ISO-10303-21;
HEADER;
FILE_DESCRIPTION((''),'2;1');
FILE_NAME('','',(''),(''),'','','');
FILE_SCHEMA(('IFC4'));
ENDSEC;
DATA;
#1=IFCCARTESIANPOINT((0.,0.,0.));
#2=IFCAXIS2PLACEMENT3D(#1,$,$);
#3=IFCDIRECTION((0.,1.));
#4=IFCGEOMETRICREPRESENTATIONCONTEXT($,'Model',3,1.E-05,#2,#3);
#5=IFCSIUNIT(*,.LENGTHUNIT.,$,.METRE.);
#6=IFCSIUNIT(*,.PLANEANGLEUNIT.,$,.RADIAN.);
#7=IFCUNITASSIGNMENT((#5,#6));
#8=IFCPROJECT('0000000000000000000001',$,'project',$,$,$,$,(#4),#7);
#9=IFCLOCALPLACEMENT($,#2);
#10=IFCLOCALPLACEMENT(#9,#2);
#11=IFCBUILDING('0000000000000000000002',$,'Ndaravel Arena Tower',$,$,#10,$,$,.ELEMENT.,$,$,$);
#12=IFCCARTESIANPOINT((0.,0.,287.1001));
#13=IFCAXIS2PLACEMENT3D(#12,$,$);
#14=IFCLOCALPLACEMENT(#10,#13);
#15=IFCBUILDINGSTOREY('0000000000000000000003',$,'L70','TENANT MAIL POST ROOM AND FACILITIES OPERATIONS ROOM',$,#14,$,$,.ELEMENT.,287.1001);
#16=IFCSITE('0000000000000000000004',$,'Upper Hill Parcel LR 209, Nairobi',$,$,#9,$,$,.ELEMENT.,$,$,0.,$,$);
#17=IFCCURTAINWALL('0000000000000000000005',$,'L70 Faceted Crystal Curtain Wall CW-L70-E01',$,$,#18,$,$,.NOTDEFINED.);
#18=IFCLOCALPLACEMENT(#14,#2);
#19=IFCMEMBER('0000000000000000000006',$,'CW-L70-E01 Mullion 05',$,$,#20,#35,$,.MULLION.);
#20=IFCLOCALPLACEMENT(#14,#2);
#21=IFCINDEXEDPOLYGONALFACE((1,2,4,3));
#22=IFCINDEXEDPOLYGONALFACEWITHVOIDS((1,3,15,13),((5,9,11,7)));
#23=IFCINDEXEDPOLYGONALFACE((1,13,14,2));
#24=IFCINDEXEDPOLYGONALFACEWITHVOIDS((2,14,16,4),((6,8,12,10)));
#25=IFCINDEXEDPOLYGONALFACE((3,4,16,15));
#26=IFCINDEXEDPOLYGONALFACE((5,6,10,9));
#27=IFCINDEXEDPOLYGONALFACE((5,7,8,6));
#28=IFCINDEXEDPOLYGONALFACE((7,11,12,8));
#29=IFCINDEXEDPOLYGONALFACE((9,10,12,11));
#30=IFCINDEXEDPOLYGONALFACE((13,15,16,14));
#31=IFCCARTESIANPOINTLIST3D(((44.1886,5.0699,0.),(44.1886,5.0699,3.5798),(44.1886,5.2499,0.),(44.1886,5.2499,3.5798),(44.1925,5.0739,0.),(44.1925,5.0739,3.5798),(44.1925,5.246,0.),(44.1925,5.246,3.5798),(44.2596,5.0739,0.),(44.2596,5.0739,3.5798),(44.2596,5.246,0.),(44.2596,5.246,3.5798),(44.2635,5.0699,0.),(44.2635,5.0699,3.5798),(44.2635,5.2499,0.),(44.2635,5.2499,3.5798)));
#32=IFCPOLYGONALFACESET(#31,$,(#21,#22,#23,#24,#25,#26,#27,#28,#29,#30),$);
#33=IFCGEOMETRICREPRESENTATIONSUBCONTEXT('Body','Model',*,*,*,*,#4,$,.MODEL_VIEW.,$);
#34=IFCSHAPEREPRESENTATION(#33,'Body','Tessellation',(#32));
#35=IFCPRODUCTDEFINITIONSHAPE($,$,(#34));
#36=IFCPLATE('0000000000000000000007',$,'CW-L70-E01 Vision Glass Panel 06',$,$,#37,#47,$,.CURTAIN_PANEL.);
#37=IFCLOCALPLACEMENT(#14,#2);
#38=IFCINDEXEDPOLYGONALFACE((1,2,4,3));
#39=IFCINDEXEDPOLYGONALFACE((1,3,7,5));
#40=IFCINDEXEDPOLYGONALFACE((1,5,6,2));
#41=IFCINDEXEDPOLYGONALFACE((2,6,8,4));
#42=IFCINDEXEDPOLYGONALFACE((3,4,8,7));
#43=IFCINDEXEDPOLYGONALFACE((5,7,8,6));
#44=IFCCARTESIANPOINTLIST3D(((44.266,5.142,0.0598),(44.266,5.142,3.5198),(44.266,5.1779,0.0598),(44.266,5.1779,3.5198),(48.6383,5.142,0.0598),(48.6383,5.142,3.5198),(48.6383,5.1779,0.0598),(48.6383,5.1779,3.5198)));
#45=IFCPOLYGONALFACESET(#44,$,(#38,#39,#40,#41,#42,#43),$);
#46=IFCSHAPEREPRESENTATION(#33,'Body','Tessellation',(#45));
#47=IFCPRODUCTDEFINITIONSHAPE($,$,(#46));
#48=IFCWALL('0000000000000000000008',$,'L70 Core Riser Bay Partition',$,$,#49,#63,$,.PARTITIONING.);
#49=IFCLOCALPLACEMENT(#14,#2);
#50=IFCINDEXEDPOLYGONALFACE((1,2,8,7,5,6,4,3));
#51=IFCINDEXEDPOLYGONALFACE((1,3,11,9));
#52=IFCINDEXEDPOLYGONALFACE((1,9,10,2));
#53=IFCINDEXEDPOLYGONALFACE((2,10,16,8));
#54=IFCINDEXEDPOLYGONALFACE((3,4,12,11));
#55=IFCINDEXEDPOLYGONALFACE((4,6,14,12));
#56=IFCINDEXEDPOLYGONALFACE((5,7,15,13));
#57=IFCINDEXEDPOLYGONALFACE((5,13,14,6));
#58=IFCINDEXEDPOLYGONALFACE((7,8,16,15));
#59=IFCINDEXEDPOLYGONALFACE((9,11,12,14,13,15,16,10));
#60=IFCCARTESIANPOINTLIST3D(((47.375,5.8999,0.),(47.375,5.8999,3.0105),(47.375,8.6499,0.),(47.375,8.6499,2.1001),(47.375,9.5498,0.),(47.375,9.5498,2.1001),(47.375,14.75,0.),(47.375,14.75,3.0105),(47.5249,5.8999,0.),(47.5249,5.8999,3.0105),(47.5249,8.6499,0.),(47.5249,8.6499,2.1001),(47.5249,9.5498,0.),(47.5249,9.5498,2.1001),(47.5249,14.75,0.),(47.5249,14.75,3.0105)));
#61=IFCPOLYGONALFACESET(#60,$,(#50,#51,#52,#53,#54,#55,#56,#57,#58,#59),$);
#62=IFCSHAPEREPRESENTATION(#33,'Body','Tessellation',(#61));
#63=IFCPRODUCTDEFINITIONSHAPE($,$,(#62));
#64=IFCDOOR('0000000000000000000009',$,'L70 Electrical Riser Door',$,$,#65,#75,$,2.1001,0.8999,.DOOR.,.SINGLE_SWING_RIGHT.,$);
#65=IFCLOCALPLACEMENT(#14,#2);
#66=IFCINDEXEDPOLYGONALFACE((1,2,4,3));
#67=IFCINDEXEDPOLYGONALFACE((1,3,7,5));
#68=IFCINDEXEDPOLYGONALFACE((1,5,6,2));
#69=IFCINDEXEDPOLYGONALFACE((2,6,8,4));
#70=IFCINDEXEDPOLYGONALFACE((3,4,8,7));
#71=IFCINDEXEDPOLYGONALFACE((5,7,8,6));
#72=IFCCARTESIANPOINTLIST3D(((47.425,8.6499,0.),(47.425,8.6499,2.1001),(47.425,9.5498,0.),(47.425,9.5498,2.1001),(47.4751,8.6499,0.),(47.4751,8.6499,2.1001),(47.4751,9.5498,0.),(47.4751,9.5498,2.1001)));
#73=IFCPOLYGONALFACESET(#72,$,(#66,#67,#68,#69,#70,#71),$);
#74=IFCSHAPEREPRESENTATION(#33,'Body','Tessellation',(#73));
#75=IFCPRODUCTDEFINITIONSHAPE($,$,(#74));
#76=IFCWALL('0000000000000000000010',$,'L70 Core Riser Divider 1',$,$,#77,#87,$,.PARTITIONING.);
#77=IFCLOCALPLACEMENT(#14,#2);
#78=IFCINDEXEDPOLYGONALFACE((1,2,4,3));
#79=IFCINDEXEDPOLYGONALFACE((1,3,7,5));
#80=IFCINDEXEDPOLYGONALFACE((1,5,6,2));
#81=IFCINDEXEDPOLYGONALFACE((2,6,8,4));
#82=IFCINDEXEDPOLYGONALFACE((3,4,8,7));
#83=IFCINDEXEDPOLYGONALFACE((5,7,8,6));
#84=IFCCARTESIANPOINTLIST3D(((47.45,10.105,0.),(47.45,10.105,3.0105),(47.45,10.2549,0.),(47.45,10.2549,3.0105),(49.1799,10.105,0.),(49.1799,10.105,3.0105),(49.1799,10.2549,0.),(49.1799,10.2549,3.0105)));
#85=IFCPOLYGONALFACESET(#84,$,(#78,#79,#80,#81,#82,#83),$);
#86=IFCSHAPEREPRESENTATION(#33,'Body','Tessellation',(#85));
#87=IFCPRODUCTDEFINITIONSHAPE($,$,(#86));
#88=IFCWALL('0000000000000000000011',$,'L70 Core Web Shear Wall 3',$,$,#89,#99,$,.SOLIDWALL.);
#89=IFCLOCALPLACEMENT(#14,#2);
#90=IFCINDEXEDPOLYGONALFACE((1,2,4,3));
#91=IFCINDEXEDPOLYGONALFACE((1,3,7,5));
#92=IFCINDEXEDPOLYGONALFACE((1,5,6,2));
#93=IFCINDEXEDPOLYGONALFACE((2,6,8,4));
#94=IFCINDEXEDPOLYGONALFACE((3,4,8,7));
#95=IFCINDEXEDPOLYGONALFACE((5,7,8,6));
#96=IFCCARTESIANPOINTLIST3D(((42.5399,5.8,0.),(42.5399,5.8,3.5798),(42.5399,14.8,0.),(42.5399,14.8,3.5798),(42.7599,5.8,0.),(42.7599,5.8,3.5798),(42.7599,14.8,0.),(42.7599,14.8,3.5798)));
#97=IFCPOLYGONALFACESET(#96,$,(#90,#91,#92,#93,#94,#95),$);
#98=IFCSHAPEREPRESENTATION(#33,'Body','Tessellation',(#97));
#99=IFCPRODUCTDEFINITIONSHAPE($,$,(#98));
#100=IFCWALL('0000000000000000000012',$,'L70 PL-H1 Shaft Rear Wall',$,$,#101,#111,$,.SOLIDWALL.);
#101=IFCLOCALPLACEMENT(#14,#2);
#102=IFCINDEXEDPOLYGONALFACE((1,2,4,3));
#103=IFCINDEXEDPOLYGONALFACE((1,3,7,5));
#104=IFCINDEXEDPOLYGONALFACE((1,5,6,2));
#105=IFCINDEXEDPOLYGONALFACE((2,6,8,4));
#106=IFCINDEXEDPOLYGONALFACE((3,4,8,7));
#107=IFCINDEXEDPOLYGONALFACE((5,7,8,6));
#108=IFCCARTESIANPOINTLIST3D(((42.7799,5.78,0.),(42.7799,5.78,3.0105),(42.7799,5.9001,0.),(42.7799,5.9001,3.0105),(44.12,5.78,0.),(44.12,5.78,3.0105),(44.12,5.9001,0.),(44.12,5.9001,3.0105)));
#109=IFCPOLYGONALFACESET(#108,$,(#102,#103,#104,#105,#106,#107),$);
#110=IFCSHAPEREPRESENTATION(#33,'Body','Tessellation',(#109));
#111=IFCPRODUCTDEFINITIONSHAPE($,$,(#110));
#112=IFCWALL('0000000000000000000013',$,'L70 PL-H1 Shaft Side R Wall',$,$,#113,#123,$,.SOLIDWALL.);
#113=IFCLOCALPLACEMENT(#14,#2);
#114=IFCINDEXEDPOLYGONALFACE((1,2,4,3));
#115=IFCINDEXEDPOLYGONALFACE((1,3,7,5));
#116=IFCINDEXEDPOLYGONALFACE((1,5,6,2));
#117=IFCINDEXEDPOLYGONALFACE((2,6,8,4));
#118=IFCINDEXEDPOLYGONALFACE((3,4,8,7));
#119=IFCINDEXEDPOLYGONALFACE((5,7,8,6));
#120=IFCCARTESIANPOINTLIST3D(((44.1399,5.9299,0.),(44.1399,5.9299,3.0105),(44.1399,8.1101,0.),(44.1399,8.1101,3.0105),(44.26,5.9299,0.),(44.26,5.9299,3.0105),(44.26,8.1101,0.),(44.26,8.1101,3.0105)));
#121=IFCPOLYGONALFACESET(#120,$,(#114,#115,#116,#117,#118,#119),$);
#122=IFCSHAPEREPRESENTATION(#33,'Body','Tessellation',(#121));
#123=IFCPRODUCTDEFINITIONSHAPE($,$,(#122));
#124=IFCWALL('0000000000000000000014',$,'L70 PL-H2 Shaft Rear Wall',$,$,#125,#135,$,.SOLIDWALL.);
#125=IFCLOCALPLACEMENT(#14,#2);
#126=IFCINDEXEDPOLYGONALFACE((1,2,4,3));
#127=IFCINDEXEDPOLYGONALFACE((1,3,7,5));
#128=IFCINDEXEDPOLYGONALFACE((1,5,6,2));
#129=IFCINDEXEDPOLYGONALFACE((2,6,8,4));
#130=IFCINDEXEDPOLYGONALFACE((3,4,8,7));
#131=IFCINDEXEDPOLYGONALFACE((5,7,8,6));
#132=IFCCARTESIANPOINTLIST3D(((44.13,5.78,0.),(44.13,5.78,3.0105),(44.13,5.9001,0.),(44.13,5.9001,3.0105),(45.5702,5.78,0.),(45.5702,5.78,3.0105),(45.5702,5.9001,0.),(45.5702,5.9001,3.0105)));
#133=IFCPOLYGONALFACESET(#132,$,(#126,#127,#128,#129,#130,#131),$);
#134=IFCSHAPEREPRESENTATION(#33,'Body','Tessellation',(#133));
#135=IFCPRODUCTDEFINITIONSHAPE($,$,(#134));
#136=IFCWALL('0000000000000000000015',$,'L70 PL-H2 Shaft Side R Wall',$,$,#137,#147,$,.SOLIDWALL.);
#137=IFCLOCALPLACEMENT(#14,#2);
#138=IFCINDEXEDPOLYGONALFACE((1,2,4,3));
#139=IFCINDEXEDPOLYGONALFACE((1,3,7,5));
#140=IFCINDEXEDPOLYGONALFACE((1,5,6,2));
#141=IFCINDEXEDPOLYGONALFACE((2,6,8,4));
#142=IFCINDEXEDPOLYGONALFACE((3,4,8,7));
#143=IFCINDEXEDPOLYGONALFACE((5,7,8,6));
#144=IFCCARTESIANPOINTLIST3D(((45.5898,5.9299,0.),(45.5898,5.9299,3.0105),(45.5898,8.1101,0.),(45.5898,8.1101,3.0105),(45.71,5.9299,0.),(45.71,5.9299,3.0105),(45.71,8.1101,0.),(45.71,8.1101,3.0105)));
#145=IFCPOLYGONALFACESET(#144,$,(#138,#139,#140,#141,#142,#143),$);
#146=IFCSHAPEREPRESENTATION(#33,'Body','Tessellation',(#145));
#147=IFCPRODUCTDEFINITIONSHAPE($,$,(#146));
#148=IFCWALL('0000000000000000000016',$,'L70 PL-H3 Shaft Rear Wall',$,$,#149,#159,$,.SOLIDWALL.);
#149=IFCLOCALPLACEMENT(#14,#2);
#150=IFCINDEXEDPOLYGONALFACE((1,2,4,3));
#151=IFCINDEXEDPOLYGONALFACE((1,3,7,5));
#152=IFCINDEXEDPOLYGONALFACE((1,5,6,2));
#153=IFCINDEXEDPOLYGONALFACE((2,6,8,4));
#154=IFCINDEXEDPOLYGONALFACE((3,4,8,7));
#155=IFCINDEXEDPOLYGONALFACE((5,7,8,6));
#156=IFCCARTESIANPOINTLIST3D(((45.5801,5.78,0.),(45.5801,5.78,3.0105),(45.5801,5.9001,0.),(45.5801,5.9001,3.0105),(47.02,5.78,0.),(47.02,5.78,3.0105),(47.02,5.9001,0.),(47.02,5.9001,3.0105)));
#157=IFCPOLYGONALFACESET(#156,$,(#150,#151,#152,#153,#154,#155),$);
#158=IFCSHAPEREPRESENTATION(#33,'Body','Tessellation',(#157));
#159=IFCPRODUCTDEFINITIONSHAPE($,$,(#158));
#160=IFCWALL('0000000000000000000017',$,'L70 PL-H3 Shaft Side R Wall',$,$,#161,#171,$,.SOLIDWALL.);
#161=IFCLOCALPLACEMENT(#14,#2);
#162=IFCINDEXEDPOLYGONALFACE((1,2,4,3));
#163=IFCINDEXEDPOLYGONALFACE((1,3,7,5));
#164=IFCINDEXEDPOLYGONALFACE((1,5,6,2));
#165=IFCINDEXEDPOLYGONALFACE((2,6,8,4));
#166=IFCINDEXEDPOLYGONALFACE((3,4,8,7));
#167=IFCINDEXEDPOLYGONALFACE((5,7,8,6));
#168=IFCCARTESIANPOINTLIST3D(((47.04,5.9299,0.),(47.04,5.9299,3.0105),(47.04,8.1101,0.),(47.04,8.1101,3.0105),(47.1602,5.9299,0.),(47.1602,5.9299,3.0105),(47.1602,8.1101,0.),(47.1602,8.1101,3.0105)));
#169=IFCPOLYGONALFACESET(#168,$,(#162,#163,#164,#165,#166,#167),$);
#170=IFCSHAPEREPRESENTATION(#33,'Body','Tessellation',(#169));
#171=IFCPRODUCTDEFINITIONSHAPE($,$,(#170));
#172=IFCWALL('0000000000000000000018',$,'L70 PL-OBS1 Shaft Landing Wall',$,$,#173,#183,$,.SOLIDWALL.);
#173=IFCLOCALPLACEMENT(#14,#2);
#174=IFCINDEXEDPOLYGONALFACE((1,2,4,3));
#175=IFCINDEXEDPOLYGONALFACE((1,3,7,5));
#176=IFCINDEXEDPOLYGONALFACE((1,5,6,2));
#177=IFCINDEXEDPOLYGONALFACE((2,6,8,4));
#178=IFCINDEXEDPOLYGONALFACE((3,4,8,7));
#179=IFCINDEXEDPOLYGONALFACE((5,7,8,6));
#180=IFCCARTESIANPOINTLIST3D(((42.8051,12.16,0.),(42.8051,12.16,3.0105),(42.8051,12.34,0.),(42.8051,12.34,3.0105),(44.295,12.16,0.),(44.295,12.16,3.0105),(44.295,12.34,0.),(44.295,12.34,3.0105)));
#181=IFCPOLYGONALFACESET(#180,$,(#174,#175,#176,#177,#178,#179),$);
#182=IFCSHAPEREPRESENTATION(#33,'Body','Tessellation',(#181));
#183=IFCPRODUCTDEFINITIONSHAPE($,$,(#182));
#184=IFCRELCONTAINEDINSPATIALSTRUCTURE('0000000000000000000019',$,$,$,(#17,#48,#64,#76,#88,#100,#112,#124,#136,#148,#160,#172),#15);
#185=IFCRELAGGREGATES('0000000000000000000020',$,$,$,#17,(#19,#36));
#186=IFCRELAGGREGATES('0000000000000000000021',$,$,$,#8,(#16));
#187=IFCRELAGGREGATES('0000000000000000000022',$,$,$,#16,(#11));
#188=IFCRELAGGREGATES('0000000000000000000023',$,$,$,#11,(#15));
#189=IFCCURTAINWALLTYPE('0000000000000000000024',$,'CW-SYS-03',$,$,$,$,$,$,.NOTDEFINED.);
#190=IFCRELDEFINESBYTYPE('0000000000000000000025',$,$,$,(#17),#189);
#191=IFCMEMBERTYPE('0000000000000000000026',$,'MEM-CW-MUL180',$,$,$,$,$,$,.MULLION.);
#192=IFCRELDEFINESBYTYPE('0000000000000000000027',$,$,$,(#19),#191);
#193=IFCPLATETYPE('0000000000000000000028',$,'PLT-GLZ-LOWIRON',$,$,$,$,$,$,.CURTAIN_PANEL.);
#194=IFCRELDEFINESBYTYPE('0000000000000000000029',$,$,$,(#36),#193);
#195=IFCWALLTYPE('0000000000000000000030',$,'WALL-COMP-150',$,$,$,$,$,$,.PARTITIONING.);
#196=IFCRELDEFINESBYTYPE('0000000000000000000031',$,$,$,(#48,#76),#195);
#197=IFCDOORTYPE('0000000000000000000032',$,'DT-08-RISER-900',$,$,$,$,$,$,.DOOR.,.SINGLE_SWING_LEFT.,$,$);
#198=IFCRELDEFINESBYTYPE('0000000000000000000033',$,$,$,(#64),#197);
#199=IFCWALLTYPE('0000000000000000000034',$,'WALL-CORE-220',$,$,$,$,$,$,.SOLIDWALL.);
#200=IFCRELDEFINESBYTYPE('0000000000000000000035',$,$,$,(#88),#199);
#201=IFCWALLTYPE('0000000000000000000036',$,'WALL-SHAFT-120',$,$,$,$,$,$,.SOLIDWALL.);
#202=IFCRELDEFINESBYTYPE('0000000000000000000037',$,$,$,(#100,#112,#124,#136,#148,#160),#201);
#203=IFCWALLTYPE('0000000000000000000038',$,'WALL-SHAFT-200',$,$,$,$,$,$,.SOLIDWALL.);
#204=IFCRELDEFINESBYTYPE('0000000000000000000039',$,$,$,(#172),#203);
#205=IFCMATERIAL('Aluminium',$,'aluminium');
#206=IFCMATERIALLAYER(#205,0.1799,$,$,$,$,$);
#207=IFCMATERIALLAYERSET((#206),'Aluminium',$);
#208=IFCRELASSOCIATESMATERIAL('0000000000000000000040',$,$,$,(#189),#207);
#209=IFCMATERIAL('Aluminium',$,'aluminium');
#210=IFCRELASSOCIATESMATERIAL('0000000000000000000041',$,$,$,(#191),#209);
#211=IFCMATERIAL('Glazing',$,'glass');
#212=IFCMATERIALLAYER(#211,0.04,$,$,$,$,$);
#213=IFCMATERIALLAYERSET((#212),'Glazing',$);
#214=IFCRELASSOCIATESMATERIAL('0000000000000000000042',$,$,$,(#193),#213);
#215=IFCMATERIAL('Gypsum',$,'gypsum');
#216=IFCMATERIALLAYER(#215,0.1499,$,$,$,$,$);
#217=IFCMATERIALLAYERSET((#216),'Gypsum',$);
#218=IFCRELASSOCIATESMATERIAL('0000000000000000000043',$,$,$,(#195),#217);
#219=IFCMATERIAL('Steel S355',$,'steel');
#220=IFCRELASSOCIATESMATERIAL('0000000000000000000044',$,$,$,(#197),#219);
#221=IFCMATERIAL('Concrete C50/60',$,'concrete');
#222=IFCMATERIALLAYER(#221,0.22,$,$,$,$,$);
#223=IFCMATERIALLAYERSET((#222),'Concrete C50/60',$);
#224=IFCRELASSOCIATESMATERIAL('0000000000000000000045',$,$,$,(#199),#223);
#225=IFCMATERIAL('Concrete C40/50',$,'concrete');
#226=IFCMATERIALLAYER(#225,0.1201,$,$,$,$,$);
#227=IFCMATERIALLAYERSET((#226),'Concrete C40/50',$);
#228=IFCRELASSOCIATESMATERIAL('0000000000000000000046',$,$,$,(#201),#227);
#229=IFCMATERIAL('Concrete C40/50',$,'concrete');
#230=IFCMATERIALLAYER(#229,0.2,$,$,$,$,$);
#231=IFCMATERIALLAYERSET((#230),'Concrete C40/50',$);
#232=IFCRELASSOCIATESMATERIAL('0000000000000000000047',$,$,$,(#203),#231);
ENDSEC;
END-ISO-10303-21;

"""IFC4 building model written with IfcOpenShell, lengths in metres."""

from ifc_helpers import new_model, si_unit, direction, frame, frame_2d, origin, origin_2d, place, context, subcontext, project, spatial, rectangle, hollow_rectangle, extrude, material, layer, layer_set, material_profile, profile_set, type_object, element, fill, aggregate, save


model = new_model("IFC4")

# Units and contexts
model_context = context("Model", 3, precision=1e-05, world=origin(), true_north=direction((0.0, 1.0)))
body_context = subcontext(model_context, "Body", "Model", "MODEL_VIEW")
ifc_project = project(units=[si_unit("LENGTHUNIT", "METRE"), si_unit("PLANEANGLEUNIT", "RADIAN")], contexts=[model_context])

# Site, building, storey
site_placement = place(None, origin())
site = spatial("IfcSite", under=ifc_project, at=site_placement, Name="Upper Hill Parcel LR 209, Nairobi", CompositionType="ELEMENT", RefElevation=0.0)
building_placement = place(site_placement, origin())
building = spatial("IfcBuilding", under=site, at=building_placement, Name="Ndaravel Arena Tower", CompositionType="ELEMENT")
storey_placement = place(building_placement, frame((0.0, 0.0, 287.1001)))
storey = spatial("IfcBuildingStorey", under=building, at=storey_placement, Name="L70", Description="TENANT MAIL POST ROOM AND FACILITIES OPERATIONS ROOM", CompositionType="ELEMENT", Elevation=287.1001)

# Curtain wall, member, plate
ifc_material_1 = material(Name="Aluminium", Category="aluminium")
ifc_layer_1 = layer(ifc_material_1, 0.1799)
ifc_layer_set_1 = layer_set([ifc_layer_1], Name="Aluminium")
curtain_wall_type = type_object("IfcCurtainWallType", Name="CW-SYS-03", PredefinedType="NOTDEFINED", material=ifc_layer_set_1)
curtain_wall_placement = place(storey_placement, origin())
curtain_wall = element("IfcCurtainWall", 1, at=curtain_wall_placement, inside=storey, type_object=curtain_wall_type, Name="L70 Faceted Crystal Curtain Wall CW-L70-E01", PredefinedType="NOTDEFINED")
ifc_material_2 = material(Name="Aluminium", Category="aluminium")
ifc_material_profile = material_profile(ifc_material_2, hollow_rectangle(XDim=0.075, YDim=0.1799, WallThickness=0.0039, at=origin_2d()), Name="CW MULLION 75x180x4")
ifc_profile_set = profile_set([ifc_material_profile], Name="Aluminium")
member_type = type_object("IfcMemberType", Name="MEM-CW-MUL180", PredefinedType="MULLION", material=ifc_profile_set)
member_placement = place(storey_placement, frame((44.2261, 5.1599, 0.0), z_axis=(0.0, 0.0, 1.0), x_axis=(1.0, 0.0, 0.0)))
member = element("IfcMember", 2, at=member_placement, type_object=member_type, Name="CW-L70-E01 Mullion 05", PredefinedType="MULLION", context=body_context, shape_type="SweptSolid", body=[
    extrude(hollow_rectangle(XDim=0.075, YDim=0.1799, WallThickness=0.0039, at=origin_2d()), origin(), (0.0, 0.0, 1.0), 3.5798),
])
ifc_material_3 = material(Name="Glazing", Category="glass")
ifc_layer_2 = layer(ifc_material_3, 0.04)
ifc_layer_set_2 = layer_set([ifc_layer_2], Name="Glazing")
plate_type = type_object("IfcPlateType", Name="PLT-GLZ-LOWIRON", PredefinedType="CURTAIN_PANEL", material=ifc_layer_set_2)
plate_placement = place(storey_placement, frame((46.4521, 5.1599, 0.0598), z_axis=(0.0, 0.0, 1.0), x_axis=(1.0, 0.0, 0.0)))
plate = element("IfcPlate", 3, at=plate_placement, type_object=plate_type, Name="CW-L70-E01 Vision Glass Panel 06", PredefinedType="CURTAIN_PANEL", context=body_context, shape_type="SweptSolid", body=[
    extrude(rectangle(XDim=4.3723, YDim=0.0359, at=origin_2d()), origin(), (0.0, 0.0, 1.0), 3.46),
])
aggregate(curtain_wall, [member, plate])

# Wall, opening, door
ifc_material_4 = material(Name="Gypsum", Category="gypsum")
ifc_layer_3 = layer(ifc_material_4, 0.1499)
ifc_layer_set_3 = layer_set([ifc_layer_3], Name="Gypsum")
wall_type_1 = type_object("IfcWallType", Name="WALL-COMP-150", PredefinedType="PARTITIONING", material=ifc_layer_set_3)
wall_1_placement = place(storey_placement, frame((47.45, 5.8999, 0.0), z_axis=(0.0, 0.0, 1.0), x_axis=(0.0, 1.0, 0.0)))
wall_1 = element("IfcWall", 4, at=wall_1_placement, inside=storey, type_object=wall_type_1, Name="L70 Core Riser Bay Partition", PredefinedType="PARTITIONING", context=body_context, shape_type="SweptSolid", body=[
    extrude(rectangle(XDim=8.8501, YDim=0.1499, at=frame_2d((4.425, 0.0))), origin(), (0.0, 0.0, 1.0), 3.0105),
])
opening_1_placement = place(wall_1_placement, frame((2.75, 0.0, 0.0)))
opening_1 = element("IfcOpeningElement", 5, at=opening_1_placement, cuts=wall_1, PredefinedType="OPENING", context=body_context, shape_type="SweptSolid", body=[
    extrude(rectangle(XDim=0.8999, YDim=2.1001, at=frame_2d((0.45, 1.05))), frame((0.0, 0.075, 0.0), z_axis=(0.0, -1.0, 0.0), x_axis=(1.0, 0.0, 0.0)), (0.0, 0.0, 1.0), 0.1499),
])
ifc_material_5 = material(Name="Steel S355", Category="steel")
door_type_1 = type_object("IfcDoorType", Name="DT-08-RISER-900", OperationType="SINGLE_SWING_LEFT", PredefinedType="DOOR", material=ifc_material_5)
door_1_placement = place(opening_1_placement, origin())
door_1 = element("IfcDoor", 6, at=door_1_placement, inside=storey, type_object=door_type_1, Name="L70 Electrical Riser Door", OperationType="SINGLE_SWING_RIGHT", OverallHeight=2.1001, OverallWidth=0.8999, PredefinedType="DOOR", context=body_context, shape_type="SweptSolid", body=[
    extrude(rectangle(XDim=0.8999, YDim=2.1001, at=frame_2d((0.45, 1.05))), frame((0.0, 0.0249, 0.0), z_axis=(0.0, -1.0, 0.0), x_axis=(1.0, 0.0, 0.0)), (0.0, 0.0, 1.0), 0.05),
])
fill(opening_1, door_1)

# Walls
wall_2_placement = place(storey_placement, frame((47.45, 10.1799, 0.0), z_axis=(0.0, 0.0, 1.0), x_axis=(1.0, 0.0, 0.0)))
element("IfcWall", 7, at=wall_2_placement, inside=storey, type_object=wall_type_1, Name="L70 Core Riser Divider 1", PredefinedType="PARTITIONING", context=body_context, shape_type="SweptSolid", body=[
    extrude(rectangle(XDim=1.73, YDim=0.1499, at=frame_2d((0.865, 0.0))), origin(), (0.0, 0.0, 1.0), 3.0105),
])
ifc_material_6 = material(Name="Concrete C50/60", Category="concrete")
ifc_layer_4 = layer(ifc_material_6, 0.22)
ifc_layer_set_4 = layer_set([ifc_layer_4], Name="Concrete C50/60")
wall_type_2 = type_object("IfcWallType", Name="WALL-CORE-220", PredefinedType="SOLIDWALL", material=ifc_layer_set_4)
wall_3_placement = place(storey_placement, frame((42.6499, 5.8, 0.0), z_axis=(0.0, 0.0, 1.0), x_axis=(0.0, 1.0, 0.0)))
element("IfcWall", 8, at=wall_3_placement, inside=storey, type_object=wall_type_2, Name="L70 Core Web Shear Wall 3", PredefinedType="SOLIDWALL", context=body_context, shape_type="SweptSolid", body=[
    extrude(rectangle(XDim=9.0, YDim=0.22, at=frame_2d((4.5, 0.0))), origin(), (0.0, 0.0, 1.0), 3.5798),
])
ifc_material_7 = material(Name="Concrete C40/50", Category="concrete")
ifc_layer_5 = layer(ifc_material_7, 0.1201)
ifc_layer_set_5 = layer_set([ifc_layer_5], Name="Concrete C40/50")
wall_type_3 = type_object("IfcWallType", Name="WALL-SHAFT-120", PredefinedType="SOLIDWALL", material=ifc_layer_set_5)
wall_4_placement = place(storey_placement, frame((42.78, 5.8401, 0.0), z_axis=(0.0, 0.0, 1.0), x_axis=(1.0, 0.0, 0.0)))
element("IfcWall", 9, at=wall_4_placement, inside=storey, type_object=wall_type_3, Name="L70 PL-H1 Shaft Rear Wall", PredefinedType="SOLIDWALL", context=body_context, shape_type="SweptSolid", body=[
    extrude(rectangle(XDim=1.3401, YDim=0.1201, at=frame_2d((0.6699, 0.0))), origin(), (0.0, 0.0, 1.0), 3.0105),
])
wall_5_placement = place(storey_placement, frame((44.2, 5.9299, 0.0), z_axis=(0.0, 0.0, 1.0), x_axis=(0.0, 1.0, 0.0)))
element("IfcWall", 10, at=wall_5_placement, inside=storey, type_object=wall_type_3, Name="L70 PL-H1 Shaft Side R Wall", PredefinedType="SOLIDWALL", context=body_context, shape_type="SweptSolid", body=[
    extrude(rectangle(XDim=2.1802, YDim=0.1201, at=frame_2d((1.0901, 0.0))), origin(), (0.0, 0.0, 1.0), 3.0105),
])
wall_6_placement = place(storey_placement, frame((44.1299, 5.8401, 0.0), z_axis=(0.0, 0.0, 1.0), x_axis=(1.0, 0.0, 0.0)))
element("IfcWall", 11, at=wall_6_placement, inside=storey, type_object=wall_type_3, Name="L70 PL-H2 Shaft Rear Wall", PredefinedType="SOLIDWALL", context=body_context, shape_type="SweptSolid", body=[
    extrude(rectangle(XDim=1.4402, YDim=0.1201, at=frame_2d((0.7202, 0.0))), origin(), (0.0, 0.0, 1.0), 3.0105),
])
wall_7_placement = place(storey_placement, frame((45.6499, 5.9299, 0.0), z_axis=(0.0, 0.0, 1.0), x_axis=(0.0, 1.0, 0.0)))
element("IfcWall", 12, at=wall_7_placement, inside=storey, type_object=wall_type_3, Name="L70 PL-H2 Shaft Side R Wall", PredefinedType="SOLIDWALL", context=body_context, shape_type="SweptSolid", body=[
    extrude(rectangle(XDim=2.1802, YDim=0.1201, at=frame_2d((1.0901, 0.0))), origin(), (0.0, 0.0, 1.0), 3.0105),
])
wall_8_placement = place(storey_placement, frame((45.5801, 5.8401, 0.0), z_axis=(0.0, 0.0, 1.0), x_axis=(1.0, 0.0, 0.0)))
element("IfcWall", 13, at=wall_8_placement, inside=storey, type_object=wall_type_3, Name="L70 PL-H3 Shaft Rear Wall", PredefinedType="SOLIDWALL", context=body_context, shape_type="SweptSolid", body=[
    extrude(rectangle(XDim=1.4399, YDim=0.1201, at=frame_2d((0.72, 0.0))), origin(), (0.0, 0.0, 1.0), 3.0105),
])
wall_9_placement = place(storey_placement, frame((47.1001, 5.9299, 0.0), z_axis=(0.0, 0.0, 1.0), x_axis=(0.0, 1.0, 0.0)))
element("IfcWall", 14, at=wall_9_placement, inside=storey, type_object=wall_type_3, Name="L70 PL-H3 Shaft Side R Wall", PredefinedType="SOLIDWALL", context=body_context, shape_type="SweptSolid", body=[
    extrude(rectangle(XDim=2.1802, YDim=0.1201, at=frame_2d((1.0901, 0.0))), origin(), (0.0, 0.0, 1.0), 3.0105),
])

# Shared definitions
ifc_material_8 = material(Name="Concrete C40/50", Category="concrete")
ifc_layer_6 = layer(ifc_material_8, 0.2)
ifc_layer_set_6 = layer_set([ifc_layer_6], Name="Concrete C40/50")
wall_type_4 = type_object("IfcWallType", Name="WALL-SHAFT-200", PredefinedType="SOLIDWALL", material=ifc_layer_set_6)

# Wall
wall_10_placement = place(storey_placement, frame((42.8049, 12.25, 0.0), z_axis=(0.0, 0.0, 1.0), x_axis=(1.0, 0.0, 0.0)))
element("IfcWall", 15, at=wall_10_placement, inside=storey, type_object=wall_type_4, Name="L70 PL-OBS1 Shaft Landing Wall", PredefinedType="SOLIDWALL", context=body_context, shape_type="SweptSolid", body=[
    extrude(rectangle(XDim=1.49, YDim=0.1799, at=frame_2d((0.7451, 0.0))), origin(), (0.0, 0.0, 1.0), 3.0105),
])

save(model, "model.ifc")
